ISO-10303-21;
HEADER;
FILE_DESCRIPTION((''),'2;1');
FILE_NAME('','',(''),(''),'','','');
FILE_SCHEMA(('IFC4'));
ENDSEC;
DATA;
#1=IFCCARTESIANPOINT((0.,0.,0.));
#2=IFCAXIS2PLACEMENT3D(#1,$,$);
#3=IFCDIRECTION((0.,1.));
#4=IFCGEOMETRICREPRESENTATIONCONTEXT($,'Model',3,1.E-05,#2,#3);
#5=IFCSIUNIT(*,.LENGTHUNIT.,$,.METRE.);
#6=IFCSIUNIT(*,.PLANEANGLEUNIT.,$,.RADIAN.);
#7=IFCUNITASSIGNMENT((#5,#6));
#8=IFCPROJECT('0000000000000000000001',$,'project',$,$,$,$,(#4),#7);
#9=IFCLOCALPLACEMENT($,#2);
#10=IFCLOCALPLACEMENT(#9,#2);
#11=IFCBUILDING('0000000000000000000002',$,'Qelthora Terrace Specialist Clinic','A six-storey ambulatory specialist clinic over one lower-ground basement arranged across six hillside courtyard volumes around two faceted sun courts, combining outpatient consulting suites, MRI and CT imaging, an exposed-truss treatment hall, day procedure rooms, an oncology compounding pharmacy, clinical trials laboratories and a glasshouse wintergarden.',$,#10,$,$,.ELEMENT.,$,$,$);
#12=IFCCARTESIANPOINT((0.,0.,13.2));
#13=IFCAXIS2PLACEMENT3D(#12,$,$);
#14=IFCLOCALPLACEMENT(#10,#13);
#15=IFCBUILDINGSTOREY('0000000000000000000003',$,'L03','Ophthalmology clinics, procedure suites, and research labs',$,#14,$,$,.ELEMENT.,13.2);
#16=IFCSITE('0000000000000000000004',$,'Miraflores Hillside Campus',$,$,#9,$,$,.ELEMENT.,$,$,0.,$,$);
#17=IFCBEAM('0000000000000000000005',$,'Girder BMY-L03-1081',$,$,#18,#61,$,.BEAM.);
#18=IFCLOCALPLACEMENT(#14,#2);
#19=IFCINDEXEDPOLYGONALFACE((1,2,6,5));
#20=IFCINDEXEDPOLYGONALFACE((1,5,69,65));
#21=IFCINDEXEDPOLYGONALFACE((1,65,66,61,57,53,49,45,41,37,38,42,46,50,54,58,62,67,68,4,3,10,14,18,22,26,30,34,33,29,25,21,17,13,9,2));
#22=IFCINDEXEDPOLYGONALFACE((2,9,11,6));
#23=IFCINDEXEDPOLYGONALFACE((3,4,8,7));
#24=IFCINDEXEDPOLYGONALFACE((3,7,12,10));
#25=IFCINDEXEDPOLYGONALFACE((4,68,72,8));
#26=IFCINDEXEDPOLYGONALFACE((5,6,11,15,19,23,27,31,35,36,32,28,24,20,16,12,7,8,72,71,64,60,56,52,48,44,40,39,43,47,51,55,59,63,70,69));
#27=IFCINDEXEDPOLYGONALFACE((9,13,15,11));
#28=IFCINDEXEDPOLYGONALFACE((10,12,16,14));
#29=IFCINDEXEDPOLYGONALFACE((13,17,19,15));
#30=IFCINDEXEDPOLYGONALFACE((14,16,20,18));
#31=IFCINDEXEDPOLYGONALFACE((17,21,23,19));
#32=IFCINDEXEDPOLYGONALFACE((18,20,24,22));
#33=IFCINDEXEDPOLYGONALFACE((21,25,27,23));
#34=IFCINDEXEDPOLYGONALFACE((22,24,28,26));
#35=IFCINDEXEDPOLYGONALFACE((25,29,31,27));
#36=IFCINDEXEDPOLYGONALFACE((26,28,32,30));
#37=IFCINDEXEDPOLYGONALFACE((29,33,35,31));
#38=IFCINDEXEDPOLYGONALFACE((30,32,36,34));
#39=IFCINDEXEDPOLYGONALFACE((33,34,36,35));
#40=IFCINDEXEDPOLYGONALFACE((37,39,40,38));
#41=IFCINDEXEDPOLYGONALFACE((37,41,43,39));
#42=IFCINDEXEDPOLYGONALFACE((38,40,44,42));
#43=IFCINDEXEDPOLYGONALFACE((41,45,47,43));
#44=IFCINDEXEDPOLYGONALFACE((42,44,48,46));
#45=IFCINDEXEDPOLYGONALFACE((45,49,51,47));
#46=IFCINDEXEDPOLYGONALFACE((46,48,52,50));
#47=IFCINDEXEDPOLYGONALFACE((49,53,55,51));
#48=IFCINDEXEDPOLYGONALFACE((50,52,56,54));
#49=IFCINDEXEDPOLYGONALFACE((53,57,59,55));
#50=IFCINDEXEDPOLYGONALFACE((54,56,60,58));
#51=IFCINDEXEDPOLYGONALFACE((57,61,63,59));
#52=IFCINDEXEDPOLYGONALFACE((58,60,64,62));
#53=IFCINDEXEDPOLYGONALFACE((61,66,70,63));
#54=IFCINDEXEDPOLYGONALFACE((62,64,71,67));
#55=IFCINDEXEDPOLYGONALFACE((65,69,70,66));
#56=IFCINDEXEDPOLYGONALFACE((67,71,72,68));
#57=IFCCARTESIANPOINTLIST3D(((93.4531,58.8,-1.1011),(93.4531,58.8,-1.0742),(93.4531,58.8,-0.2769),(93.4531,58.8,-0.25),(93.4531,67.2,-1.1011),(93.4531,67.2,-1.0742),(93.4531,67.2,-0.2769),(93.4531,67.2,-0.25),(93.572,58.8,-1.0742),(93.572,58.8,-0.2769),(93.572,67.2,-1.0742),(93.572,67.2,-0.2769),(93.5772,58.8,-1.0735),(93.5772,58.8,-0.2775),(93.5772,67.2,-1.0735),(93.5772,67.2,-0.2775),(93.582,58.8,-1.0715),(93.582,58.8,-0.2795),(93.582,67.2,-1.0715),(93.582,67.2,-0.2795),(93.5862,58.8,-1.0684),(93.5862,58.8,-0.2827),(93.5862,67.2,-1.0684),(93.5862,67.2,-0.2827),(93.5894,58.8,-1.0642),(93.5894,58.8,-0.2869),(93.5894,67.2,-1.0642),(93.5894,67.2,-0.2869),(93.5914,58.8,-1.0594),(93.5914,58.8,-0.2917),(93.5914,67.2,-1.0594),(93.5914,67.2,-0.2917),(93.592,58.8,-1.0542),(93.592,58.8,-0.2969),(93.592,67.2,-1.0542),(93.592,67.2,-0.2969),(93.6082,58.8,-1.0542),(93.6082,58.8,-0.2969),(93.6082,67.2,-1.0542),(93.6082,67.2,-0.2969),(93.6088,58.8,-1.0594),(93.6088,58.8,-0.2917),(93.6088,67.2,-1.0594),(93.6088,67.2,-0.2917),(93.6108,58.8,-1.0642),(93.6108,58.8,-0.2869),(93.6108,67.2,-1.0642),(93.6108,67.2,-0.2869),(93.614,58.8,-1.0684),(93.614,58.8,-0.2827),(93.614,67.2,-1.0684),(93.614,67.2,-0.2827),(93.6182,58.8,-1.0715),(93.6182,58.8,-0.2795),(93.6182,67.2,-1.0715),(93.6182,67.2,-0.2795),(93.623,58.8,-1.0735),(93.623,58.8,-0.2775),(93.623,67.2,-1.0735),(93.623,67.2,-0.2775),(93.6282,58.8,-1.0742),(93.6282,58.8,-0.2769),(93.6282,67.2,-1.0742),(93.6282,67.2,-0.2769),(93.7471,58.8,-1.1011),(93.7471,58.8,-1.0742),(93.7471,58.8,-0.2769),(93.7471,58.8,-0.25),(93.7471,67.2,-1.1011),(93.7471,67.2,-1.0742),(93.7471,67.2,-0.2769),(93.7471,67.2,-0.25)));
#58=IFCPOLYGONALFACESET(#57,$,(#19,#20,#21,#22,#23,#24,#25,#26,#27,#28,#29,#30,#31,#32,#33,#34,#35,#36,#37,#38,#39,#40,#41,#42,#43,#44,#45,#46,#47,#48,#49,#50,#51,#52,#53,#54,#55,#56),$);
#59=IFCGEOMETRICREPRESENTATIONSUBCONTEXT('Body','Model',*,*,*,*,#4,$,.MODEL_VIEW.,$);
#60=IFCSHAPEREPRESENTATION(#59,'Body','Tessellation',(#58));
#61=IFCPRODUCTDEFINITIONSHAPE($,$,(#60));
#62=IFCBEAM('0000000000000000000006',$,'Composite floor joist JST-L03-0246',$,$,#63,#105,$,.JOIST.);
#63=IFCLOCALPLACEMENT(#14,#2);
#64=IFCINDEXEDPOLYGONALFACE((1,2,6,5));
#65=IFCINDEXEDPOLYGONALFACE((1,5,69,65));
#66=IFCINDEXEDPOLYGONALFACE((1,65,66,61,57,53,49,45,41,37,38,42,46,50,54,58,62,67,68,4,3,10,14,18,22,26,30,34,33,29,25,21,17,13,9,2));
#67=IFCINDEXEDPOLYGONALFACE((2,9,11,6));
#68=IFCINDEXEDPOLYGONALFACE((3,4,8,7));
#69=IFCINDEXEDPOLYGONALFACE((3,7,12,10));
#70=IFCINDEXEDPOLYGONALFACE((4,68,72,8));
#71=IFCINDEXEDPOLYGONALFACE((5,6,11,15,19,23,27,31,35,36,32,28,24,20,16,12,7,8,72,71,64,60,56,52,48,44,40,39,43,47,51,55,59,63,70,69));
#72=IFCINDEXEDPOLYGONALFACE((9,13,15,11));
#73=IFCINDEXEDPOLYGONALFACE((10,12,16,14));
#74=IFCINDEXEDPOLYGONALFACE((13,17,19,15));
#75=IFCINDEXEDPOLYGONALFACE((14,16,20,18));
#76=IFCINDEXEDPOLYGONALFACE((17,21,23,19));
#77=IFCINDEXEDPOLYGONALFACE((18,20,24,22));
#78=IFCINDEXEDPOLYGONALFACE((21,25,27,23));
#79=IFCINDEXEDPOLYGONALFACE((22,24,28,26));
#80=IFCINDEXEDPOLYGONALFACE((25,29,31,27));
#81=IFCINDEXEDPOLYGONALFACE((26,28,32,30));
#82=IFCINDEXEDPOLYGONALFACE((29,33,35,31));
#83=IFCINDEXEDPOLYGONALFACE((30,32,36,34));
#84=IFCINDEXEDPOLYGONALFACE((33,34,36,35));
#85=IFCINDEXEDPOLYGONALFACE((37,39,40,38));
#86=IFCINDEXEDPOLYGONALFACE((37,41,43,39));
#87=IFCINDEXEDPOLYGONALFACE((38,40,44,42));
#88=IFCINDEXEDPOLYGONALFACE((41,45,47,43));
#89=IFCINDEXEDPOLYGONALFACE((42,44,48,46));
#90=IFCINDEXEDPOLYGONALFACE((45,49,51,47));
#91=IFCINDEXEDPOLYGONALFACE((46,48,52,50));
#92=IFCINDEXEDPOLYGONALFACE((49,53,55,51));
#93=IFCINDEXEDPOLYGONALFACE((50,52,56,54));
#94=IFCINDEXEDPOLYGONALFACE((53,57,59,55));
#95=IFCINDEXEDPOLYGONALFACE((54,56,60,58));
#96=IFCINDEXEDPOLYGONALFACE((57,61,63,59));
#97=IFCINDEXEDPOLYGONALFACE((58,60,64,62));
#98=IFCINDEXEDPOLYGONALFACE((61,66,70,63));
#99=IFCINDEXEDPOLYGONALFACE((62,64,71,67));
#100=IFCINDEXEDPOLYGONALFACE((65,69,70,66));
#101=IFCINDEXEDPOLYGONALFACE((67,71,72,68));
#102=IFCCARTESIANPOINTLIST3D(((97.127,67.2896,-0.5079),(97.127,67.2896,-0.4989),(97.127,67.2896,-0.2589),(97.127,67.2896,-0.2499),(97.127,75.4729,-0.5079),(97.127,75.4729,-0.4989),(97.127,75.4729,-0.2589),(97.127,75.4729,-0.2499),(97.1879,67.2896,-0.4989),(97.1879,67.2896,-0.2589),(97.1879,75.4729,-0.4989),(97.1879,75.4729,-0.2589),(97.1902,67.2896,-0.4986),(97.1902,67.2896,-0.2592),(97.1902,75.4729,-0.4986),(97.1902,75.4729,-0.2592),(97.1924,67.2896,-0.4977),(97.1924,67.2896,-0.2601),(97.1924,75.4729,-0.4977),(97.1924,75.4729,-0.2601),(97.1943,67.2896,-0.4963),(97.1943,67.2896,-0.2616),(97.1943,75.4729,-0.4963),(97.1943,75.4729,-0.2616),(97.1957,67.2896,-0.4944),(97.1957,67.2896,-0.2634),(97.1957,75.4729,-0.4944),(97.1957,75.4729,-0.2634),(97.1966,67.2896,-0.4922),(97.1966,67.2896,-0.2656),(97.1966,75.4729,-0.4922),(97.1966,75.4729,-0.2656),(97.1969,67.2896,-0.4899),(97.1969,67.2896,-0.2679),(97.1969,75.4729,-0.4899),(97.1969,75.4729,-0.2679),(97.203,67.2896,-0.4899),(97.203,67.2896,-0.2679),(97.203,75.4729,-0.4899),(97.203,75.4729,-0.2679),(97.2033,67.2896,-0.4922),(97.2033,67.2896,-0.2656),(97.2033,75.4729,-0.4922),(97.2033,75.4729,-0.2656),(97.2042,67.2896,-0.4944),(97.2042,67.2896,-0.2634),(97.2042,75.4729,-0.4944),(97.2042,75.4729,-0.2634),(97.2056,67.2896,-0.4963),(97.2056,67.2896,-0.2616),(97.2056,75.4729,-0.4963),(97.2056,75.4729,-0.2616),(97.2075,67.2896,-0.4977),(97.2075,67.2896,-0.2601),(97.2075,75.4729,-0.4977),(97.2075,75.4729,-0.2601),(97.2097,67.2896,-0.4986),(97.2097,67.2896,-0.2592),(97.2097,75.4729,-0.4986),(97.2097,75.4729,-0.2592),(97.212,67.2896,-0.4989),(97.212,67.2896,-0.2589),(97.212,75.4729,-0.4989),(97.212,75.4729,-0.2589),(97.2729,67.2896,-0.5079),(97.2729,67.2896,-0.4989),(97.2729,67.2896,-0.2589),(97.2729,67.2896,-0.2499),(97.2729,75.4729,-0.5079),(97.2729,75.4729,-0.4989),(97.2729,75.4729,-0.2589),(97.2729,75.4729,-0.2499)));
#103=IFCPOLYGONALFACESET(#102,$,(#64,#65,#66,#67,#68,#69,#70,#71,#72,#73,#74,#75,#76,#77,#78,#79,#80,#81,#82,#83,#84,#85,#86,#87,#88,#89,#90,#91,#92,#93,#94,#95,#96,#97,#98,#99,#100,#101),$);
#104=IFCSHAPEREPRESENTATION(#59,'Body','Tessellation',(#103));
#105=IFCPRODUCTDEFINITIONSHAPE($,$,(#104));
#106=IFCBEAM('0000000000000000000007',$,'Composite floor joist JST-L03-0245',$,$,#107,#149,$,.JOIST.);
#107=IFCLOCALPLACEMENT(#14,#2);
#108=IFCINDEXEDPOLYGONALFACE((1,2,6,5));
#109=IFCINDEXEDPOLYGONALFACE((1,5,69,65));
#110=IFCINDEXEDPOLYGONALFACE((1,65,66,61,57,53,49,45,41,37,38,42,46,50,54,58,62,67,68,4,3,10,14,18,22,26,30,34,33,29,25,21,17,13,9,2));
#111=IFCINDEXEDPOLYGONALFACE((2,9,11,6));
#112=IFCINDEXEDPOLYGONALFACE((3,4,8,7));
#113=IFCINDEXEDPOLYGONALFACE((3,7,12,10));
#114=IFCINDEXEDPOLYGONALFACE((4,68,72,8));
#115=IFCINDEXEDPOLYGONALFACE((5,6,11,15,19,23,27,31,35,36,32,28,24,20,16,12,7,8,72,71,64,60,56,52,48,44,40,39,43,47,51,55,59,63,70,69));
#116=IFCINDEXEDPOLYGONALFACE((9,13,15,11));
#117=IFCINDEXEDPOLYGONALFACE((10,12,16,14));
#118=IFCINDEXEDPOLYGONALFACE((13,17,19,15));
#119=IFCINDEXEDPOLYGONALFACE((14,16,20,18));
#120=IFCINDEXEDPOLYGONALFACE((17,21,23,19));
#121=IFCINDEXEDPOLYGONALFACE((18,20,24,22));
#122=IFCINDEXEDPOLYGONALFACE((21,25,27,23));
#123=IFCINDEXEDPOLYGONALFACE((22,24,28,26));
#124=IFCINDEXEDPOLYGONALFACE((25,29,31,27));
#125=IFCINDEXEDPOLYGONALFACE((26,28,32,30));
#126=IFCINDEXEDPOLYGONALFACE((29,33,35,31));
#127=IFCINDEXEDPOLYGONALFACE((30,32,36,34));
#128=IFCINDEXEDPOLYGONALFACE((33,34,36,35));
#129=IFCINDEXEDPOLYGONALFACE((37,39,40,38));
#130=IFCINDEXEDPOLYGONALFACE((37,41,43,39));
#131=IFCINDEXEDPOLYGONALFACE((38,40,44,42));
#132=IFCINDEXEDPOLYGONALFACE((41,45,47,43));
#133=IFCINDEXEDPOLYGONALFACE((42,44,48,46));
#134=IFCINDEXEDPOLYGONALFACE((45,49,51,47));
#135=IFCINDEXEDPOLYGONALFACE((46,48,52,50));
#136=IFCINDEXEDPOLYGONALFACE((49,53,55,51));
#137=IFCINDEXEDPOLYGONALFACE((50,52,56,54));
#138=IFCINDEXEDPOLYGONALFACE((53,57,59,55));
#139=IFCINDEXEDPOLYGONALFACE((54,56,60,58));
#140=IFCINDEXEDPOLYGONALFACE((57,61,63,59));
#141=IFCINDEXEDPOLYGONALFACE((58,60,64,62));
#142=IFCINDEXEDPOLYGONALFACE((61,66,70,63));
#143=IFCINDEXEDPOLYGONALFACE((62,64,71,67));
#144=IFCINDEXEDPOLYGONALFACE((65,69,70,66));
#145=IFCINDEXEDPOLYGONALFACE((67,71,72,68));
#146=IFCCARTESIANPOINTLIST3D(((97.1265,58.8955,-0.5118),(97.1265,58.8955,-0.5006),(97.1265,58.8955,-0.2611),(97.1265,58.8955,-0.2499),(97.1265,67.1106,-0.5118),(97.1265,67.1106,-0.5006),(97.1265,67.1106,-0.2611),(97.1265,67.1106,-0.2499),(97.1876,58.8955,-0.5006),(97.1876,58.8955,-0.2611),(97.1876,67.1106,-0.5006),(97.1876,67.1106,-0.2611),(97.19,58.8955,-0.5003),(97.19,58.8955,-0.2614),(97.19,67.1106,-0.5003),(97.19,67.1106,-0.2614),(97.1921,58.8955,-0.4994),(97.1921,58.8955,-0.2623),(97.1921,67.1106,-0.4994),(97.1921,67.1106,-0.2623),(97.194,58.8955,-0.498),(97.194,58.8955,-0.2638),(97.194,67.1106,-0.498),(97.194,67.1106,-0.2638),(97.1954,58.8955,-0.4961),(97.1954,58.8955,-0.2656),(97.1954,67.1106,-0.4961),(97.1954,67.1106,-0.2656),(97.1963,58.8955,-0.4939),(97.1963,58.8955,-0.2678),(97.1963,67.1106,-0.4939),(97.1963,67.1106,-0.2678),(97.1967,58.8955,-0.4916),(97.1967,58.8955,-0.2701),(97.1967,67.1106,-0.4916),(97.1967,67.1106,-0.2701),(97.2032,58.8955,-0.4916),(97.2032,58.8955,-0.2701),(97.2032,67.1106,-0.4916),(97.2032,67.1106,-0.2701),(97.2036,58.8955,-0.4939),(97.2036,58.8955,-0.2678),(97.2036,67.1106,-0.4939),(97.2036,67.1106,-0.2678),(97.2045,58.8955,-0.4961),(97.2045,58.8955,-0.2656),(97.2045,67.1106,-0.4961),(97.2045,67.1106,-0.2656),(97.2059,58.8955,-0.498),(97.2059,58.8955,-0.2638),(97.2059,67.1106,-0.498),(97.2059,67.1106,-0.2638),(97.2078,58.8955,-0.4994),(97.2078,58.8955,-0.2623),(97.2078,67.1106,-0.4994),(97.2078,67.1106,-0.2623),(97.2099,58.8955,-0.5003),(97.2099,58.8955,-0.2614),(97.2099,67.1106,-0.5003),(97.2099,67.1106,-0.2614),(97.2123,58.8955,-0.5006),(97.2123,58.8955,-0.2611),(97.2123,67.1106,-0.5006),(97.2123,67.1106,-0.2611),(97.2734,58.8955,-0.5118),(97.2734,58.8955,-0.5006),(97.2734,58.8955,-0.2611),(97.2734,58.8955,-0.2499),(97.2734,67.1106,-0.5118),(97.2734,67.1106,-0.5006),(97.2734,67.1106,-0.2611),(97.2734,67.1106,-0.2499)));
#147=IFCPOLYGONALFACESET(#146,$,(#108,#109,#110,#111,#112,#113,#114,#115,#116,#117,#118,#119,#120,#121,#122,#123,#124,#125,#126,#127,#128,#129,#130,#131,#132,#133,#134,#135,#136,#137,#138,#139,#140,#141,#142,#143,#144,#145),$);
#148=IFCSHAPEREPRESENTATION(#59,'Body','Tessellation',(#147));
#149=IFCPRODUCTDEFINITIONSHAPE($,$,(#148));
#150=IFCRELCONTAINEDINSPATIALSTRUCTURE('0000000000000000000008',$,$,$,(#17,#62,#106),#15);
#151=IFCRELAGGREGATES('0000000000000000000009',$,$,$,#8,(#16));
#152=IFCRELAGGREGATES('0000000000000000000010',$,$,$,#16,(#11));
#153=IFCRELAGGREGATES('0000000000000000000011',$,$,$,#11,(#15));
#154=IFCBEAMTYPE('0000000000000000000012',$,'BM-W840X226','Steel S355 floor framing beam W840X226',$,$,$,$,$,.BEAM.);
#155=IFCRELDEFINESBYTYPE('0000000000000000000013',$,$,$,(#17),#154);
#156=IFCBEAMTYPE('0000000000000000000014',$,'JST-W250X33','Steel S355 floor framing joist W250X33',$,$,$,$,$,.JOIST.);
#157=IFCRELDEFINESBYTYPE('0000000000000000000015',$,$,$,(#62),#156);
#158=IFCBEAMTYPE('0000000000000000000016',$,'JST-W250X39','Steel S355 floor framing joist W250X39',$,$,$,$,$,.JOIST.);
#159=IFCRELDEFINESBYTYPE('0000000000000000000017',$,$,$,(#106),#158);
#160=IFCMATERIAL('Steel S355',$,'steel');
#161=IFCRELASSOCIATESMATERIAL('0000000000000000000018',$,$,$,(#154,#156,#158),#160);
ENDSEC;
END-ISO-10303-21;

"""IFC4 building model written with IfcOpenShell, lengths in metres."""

from ifc_helpers import new_model, si_unit, direction, frame, origin, origin_2d, place, context, subcontext, project, spatial, i_section, extrude, material, material_profile, profile_set, type_object, element, save


model = new_model("IFC4")

# Units and contexts
model_context = context("Model", 3, precision=1e-05, world=origin(), true_north=direction((0.0, 1.0)))
body_context = subcontext(model_context, "Body", "Model", "MODEL_VIEW")
ifc_project = project(units=[si_unit("LENGTHUNIT", "METRE"), si_unit("PLANEANGLEUNIT", "RADIAN")], contexts=[model_context])

# Site, building, storey
site_placement = place(None, origin())
site = spatial("IfcSite", under=ifc_project, at=site_placement, Name="Miraflores Hillside Campus", CompositionType="ELEMENT", RefElevation=0.0)
building_placement = place(site_placement, origin())
building = spatial("IfcBuilding", under=site, at=building_placement, Name="Qelthora Terrace Specialist Clinic", Description="A six-storey ambulatory specialist clinic over one lower-ground basement arranged across six hillside courtyard volumes around two faceted sun courts, combining outpatient consulting suites, MRI and CT imaging, an exposed-truss treatment hall, day procedure rooms, an oncology compounding pharmacy, clinical trials laboratories and a glasshouse wintergarden.", CompositionType="ELEMENT")
storey_placement = place(building_placement, frame((0.0, 0.0, 13.2)))
storey = spatial("IfcBuildingStorey", under=building, at=storey_placement, Name="L03", Description="Ophthalmology clinics, procedure suites, and research labs", CompositionType="ELEMENT", Elevation=13.2)

# Shared definitions
ifc_material_1 = material(Name="Steel S355", Category="steel")

# Beams
ifc_material_profile_1 = material_profile(ifc_material_1, i_section(OverallWidth=0.2939, OverallDepth=0.8511, WebThickness=0.0161, FlangeThickness=0.0269, FilletRadius=0.02, at=origin_2d()), Name="W840X226")
ifc_profile_set_1 = profile_set([ifc_material_profile_1], Name="Steel S355")
beam_type_1 = type_object("IfcBeamType", Name="BM-W840X226", Description="Steel S355 floor framing beam W840X226", PredefinedType="BEAM", material=ifc_profile_set_1)
beam_1_placement = place(storey_placement, frame((93.6001, 58.8, -0.6755), z_axis=(0.0, 1.0, 0.0), x_axis=(-1.0, 0.0, 0.0)))
element("IfcBeam", 1, at=beam_1_placement, inside=storey, type_object=beam_type_1, Name="Girder BMY-L03-1081", PredefinedType="BEAM", context=body_context, shape_type="SweptSolid", body=[
    extrude(i_section(OverallWidth=0.2939, OverallDepth=0.8511, WebThickness=0.0161, FlangeThickness=0.0269, FilletRadius=0.02, at=origin_2d()), origin(), (0.0, 0.0, 1.0), 8.3999),
])
ifc_material_profile_2 = material_profile(ifc_material_1, i_section(OverallWidth=0.146, OverallDepth=0.2581, WebThickness=0.0061, FlangeThickness=0.009, FilletRadius=0.009, at=origin_2d()), Name="W250X33")
ifc_profile_set_2 = profile_set([ifc_material_profile_2], Name="Steel S355")
beam_type_2 = type_object("IfcBeamType", Name="JST-W250X33", Description="Steel S355 floor framing joist W250X33", PredefinedType="JOIST", material=ifc_profile_set_2)
beam_2_placement = place(storey_placement, frame((97.2, 67.2896, -0.3789), z_axis=(0.0, 1.0, 0.0), x_axis=(-1.0, 0.0, 0.0)))
element("IfcBeam", 2, at=beam_2_placement, inside=storey, type_object=beam_type_2, Name="Composite floor joist JST-L03-0246", PredefinedType="JOIST", context=body_context, shape_type="SweptSolid", body=[
    extrude(i_section(OverallWidth=0.146, OverallDepth=0.2581, WebThickness=0.0061, FlangeThickness=0.009, FilletRadius=0.009, at=origin_2d()), origin(), (0.0, 0.0, 1.0), 8.1833),
])
ifc_material_profile_3 = material_profile(ifc_material_1, i_section(OverallWidth=0.147, OverallDepth=0.262, WebThickness=0.0066, FlangeThickness=0.0112, FilletRadius=0.009, at=origin_2d()), Name="W250X39")
ifc_profile_set_3 = profile_set([ifc_material_profile_3], Name="Steel S355")
beam_type_3 = type_object("IfcBeamType", Name="JST-W250X39", Description="Steel S355 floor framing joist W250X39", PredefinedType="JOIST", material=ifc_profile_set_3)
beam_3_placement = place(storey_placement, frame((97.2, 58.8955, -0.3809), z_axis=(0.0, 1.0, 0.0), x_axis=(-1.0, 0.0, 0.0)))
element("IfcBeam", 3, at=beam_3_placement, inside=storey, type_object=beam_type_3, Name="Composite floor joist JST-L03-0245", PredefinedType="JOIST", context=body_context, shape_type="SweptSolid", body=[
    extrude(i_section(OverallWidth=0.147, OverallDepth=0.262, WebThickness=0.0066, FlangeThickness=0.0112, FilletRadius=0.009, at=origin_2d()), origin(), (0.0, 0.0, 1.0), 8.2151),
])

save(model, "model.ifc")
